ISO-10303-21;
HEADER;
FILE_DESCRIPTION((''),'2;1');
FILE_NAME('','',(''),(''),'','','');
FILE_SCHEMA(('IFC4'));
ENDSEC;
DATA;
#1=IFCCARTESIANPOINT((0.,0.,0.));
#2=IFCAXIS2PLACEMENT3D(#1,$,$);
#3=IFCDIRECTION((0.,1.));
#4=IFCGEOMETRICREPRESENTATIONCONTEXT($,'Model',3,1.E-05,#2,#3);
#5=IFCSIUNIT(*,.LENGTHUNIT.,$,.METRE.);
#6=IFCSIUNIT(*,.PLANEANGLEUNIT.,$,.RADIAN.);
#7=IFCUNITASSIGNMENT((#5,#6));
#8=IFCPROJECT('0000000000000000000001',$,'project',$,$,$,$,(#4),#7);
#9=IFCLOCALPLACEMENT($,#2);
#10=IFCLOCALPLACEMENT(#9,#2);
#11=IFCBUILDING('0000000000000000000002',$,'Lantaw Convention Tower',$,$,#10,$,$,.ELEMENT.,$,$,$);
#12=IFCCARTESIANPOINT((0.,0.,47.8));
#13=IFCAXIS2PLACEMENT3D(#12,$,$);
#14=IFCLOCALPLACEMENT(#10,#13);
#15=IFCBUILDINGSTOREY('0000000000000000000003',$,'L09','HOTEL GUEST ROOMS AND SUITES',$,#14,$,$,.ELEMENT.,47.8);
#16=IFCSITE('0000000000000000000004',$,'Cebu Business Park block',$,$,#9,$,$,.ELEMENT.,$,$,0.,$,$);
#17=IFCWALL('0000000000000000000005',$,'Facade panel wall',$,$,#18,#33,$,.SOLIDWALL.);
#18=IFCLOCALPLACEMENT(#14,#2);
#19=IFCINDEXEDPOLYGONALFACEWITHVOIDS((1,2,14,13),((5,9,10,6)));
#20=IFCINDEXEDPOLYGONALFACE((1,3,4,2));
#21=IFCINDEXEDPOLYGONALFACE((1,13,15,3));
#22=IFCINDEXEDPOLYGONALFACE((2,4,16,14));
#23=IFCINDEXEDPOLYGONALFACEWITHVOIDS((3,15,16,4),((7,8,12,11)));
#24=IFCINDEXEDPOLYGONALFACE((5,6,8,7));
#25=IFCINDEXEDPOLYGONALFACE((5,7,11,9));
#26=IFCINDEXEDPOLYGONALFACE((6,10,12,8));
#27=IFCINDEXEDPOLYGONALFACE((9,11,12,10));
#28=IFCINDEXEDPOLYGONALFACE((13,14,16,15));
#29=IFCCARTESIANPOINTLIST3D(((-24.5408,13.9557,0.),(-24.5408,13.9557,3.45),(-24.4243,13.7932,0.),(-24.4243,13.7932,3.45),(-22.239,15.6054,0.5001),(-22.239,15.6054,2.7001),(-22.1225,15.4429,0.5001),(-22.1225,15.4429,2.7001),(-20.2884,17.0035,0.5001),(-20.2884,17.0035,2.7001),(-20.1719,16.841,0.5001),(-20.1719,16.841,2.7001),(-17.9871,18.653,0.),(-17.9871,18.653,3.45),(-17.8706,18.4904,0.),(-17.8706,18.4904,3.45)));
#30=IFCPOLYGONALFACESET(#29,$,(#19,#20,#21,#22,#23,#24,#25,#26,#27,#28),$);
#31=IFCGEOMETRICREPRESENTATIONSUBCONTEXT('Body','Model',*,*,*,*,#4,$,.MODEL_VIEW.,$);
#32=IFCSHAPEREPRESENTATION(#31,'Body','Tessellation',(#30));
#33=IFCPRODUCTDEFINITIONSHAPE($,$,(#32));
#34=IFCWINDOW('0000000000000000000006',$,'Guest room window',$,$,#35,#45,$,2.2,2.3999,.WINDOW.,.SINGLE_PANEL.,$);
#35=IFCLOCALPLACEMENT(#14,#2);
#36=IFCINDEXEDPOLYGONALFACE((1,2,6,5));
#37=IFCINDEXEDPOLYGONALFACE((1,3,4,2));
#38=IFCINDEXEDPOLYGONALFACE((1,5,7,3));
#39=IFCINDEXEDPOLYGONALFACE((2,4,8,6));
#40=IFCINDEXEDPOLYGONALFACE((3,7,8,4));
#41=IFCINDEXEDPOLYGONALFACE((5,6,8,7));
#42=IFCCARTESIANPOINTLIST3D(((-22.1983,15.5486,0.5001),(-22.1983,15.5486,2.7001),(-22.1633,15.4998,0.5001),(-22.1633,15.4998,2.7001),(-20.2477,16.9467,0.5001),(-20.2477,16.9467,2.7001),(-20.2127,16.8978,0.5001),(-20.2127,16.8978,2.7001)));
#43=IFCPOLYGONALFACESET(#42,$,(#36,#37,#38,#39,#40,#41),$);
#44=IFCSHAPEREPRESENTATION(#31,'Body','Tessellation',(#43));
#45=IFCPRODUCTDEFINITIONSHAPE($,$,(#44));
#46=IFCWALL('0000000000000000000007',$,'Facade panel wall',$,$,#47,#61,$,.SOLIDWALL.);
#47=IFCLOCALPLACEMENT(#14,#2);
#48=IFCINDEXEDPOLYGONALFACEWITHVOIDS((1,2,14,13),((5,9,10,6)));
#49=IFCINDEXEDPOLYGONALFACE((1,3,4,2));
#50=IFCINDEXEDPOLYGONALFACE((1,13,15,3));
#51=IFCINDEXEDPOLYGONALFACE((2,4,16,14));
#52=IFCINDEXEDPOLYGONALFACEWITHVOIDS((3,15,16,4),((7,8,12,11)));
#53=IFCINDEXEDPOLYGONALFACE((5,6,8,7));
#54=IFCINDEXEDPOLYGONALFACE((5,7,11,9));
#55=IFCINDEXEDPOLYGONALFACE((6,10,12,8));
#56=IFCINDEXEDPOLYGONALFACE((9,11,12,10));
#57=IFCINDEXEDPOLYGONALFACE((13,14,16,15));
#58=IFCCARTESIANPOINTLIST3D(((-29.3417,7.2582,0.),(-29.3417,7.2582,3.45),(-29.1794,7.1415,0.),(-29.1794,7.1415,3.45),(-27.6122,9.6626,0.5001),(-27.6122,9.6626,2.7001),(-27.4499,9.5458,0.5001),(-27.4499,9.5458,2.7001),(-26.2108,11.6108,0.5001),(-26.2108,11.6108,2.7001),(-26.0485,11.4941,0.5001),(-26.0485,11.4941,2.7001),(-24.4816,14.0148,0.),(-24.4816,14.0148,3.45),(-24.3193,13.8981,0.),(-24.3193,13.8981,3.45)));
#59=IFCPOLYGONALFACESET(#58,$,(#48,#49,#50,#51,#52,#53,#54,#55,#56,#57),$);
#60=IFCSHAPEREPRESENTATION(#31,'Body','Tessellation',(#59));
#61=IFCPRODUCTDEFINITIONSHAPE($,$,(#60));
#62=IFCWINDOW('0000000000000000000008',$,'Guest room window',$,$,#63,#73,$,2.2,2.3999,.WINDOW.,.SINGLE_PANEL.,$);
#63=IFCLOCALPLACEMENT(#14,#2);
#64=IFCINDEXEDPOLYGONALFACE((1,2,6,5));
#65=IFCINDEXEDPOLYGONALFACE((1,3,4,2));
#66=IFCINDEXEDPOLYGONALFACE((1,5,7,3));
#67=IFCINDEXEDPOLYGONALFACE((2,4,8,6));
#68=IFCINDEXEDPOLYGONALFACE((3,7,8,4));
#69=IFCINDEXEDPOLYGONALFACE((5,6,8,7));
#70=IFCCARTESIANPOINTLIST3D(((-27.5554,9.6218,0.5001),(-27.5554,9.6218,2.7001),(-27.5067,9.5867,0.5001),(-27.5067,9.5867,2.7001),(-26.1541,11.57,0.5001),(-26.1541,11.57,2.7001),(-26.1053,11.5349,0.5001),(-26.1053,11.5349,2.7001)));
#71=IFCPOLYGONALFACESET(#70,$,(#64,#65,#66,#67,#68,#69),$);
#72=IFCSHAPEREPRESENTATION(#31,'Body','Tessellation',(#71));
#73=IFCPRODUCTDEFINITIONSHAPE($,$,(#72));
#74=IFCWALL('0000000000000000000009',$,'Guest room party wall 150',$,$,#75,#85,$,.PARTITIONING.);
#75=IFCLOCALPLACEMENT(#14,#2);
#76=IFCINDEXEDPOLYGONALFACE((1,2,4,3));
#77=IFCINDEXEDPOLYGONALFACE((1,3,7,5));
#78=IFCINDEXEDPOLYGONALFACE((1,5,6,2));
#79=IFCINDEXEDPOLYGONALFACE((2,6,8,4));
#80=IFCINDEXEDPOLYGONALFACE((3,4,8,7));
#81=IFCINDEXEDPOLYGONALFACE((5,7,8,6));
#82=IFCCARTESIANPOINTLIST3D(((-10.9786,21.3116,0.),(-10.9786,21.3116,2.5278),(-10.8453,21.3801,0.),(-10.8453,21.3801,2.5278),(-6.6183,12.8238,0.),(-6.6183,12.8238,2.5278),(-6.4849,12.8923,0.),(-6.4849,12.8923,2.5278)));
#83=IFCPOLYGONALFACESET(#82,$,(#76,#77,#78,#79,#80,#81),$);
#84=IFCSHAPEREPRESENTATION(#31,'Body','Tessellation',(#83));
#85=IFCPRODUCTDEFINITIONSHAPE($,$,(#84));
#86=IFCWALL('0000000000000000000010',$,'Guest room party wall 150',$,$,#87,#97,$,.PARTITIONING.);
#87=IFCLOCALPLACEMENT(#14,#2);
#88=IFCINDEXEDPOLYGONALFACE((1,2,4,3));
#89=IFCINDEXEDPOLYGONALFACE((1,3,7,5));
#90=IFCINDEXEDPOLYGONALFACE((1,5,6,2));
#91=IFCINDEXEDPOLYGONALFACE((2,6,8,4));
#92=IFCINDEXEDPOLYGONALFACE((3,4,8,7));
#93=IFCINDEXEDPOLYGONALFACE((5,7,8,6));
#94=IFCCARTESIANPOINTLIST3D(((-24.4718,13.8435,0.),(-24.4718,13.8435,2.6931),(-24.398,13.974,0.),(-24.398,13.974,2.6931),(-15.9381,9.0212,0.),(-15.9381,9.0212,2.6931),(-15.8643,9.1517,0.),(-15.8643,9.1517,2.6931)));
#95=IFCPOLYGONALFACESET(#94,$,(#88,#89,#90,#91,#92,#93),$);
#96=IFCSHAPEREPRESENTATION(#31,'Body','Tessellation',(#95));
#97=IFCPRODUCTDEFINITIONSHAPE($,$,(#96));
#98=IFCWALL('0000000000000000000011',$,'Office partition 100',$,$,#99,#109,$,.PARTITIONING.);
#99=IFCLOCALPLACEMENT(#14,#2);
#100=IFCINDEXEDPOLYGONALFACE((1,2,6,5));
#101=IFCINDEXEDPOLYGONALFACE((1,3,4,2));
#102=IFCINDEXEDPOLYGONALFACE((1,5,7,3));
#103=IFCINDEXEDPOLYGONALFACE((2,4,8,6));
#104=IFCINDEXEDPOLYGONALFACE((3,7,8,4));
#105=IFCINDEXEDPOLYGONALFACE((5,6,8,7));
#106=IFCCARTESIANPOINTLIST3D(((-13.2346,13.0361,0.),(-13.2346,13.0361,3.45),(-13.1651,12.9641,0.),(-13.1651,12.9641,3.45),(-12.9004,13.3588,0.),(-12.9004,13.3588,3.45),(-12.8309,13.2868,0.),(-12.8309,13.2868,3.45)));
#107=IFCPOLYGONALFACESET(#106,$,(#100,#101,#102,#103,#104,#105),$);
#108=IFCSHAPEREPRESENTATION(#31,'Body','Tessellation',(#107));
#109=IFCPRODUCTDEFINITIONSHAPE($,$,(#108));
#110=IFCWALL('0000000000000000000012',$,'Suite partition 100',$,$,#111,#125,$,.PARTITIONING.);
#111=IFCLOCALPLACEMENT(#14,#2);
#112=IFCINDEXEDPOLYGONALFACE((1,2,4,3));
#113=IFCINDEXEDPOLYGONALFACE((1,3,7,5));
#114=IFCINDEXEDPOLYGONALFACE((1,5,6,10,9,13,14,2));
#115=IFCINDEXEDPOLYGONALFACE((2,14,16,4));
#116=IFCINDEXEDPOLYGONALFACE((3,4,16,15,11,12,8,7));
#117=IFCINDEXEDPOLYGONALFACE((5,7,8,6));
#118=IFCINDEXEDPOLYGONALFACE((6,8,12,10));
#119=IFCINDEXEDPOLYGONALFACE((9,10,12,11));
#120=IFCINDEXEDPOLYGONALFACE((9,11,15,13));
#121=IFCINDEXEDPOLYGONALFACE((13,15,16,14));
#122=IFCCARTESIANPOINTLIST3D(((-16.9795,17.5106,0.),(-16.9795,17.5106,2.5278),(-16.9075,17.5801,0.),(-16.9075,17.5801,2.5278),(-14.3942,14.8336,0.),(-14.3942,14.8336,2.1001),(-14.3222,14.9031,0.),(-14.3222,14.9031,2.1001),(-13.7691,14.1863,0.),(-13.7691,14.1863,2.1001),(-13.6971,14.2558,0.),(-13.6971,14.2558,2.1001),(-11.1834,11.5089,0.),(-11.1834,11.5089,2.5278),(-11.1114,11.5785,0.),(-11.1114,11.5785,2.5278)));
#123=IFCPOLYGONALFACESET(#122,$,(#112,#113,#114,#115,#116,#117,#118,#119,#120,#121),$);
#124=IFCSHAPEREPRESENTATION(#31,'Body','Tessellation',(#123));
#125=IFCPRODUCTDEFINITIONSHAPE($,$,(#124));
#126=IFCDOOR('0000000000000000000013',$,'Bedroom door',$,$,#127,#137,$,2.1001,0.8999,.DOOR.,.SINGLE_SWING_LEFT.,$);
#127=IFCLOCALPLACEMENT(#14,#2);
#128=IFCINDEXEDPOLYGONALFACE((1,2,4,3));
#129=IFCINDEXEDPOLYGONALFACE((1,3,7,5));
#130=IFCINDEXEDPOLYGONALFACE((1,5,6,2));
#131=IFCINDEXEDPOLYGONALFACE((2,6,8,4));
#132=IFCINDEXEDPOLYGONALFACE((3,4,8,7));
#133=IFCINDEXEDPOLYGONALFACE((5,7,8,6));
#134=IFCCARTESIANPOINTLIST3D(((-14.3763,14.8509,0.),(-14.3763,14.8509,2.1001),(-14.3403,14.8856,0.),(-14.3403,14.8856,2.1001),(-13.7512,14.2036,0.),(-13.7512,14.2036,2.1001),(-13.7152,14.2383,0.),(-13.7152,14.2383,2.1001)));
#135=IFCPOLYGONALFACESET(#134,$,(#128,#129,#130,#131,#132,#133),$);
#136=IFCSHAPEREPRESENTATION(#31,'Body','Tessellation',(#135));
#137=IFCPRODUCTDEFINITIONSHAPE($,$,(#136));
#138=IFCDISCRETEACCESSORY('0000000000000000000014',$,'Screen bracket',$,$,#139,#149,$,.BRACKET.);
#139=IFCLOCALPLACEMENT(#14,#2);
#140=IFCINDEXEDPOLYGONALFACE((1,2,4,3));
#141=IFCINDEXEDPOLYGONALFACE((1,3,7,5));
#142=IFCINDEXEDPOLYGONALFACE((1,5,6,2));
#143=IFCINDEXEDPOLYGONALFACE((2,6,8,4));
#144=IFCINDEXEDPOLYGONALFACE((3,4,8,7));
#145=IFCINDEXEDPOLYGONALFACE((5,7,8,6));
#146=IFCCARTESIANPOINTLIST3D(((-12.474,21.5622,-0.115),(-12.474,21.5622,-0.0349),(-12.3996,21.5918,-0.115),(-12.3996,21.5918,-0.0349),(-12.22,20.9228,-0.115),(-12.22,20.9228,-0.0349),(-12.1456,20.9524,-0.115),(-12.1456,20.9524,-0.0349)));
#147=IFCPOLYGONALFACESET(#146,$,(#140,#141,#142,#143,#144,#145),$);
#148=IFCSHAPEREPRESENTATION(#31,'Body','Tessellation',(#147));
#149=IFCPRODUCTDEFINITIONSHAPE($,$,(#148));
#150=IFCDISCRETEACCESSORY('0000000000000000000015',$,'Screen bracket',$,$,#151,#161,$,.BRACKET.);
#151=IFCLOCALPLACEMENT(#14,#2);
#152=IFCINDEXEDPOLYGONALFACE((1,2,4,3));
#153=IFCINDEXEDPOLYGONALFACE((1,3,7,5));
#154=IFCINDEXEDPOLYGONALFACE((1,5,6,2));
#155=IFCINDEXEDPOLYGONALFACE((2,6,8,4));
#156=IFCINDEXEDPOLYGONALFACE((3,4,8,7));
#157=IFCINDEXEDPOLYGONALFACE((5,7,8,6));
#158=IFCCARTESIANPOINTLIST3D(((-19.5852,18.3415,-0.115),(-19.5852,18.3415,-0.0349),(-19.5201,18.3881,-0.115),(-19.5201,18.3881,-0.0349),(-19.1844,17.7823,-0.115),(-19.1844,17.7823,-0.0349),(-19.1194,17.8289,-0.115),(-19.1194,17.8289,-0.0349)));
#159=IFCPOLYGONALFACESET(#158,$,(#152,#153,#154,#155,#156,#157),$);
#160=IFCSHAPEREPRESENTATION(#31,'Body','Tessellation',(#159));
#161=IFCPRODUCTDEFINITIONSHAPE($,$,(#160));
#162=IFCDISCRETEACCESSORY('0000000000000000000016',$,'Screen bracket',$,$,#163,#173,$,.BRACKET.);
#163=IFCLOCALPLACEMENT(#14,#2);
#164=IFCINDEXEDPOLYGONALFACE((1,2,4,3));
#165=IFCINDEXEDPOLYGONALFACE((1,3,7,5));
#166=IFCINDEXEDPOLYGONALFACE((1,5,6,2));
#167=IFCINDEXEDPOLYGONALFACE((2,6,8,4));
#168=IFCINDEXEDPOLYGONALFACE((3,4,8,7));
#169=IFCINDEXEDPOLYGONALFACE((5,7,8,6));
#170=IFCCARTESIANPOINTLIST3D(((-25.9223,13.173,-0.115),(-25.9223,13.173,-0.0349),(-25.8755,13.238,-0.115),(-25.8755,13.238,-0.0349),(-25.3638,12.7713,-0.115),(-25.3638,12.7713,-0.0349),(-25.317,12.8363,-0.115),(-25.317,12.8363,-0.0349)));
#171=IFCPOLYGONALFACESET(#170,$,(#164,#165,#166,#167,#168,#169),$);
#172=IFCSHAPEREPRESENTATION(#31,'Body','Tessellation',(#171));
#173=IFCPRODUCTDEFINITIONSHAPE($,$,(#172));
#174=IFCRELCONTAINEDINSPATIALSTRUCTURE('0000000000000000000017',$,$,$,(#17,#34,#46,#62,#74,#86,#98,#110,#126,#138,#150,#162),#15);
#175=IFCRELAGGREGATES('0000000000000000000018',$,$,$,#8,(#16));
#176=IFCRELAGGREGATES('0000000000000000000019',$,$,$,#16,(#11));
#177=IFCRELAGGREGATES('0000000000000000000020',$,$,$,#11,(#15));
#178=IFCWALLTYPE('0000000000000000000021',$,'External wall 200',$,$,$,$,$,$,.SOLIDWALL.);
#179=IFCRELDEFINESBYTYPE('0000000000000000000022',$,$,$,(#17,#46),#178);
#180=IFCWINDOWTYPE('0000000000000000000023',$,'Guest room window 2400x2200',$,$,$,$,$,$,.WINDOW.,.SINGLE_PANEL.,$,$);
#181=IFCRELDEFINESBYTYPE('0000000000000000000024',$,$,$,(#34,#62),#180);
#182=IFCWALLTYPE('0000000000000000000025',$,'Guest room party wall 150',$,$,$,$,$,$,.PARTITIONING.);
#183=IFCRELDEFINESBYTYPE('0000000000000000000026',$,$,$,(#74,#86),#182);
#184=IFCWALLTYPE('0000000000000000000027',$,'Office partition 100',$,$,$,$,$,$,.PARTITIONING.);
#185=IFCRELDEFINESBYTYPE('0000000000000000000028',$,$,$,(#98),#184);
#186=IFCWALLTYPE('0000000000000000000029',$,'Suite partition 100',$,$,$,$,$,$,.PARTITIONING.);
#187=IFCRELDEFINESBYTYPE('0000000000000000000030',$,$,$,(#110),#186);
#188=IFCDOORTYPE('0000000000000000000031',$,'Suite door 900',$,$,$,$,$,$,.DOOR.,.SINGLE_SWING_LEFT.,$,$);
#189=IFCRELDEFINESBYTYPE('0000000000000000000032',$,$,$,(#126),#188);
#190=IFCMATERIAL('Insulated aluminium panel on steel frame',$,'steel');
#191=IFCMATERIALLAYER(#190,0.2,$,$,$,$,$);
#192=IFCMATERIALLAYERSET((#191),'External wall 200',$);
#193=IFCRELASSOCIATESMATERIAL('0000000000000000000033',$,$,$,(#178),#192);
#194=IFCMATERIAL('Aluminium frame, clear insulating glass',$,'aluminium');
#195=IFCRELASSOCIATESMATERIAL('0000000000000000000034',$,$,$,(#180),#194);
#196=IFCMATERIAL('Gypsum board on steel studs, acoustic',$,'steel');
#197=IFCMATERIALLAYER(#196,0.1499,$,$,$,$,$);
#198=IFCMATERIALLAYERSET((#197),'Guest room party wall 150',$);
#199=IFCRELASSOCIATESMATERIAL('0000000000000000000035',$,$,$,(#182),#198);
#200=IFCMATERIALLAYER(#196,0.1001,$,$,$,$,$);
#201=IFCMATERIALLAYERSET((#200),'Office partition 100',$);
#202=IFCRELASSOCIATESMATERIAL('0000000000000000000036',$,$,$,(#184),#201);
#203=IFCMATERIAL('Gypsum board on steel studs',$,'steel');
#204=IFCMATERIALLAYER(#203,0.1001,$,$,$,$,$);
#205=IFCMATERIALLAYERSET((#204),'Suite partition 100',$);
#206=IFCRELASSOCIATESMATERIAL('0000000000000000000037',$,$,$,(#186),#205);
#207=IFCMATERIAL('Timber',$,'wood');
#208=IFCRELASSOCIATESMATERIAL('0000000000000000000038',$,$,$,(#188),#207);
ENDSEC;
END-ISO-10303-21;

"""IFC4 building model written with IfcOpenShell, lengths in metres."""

from ifc_helpers import new_model, si_unit, direction, frame, frame_2d, origin, origin_2d, place, context, subcontext, project, spatial, rectangle, extrude, material, layer, layer_set, type_object, element, fill, save


model = new_model("IFC4")

# Units and contexts
model_context = context("Model", 3, precision=1e-05, world=origin(), true_north=direction((0.0, 1.0)))
body_context = subcontext(model_context, "Body", "Model", "MODEL_VIEW")
ifc_project = project(units=[si_unit("LENGTHUNIT", "METRE"), si_unit("PLANEANGLEUNIT", "RADIAN")], contexts=[model_context])

# Site, building, storey
site_placement = place(None, origin())
site = spatial("IfcSite", under=ifc_project, at=site_placement, Name="Cebu Business Park block", CompositionType="ELEMENT", RefElevation=0.0)
building_placement = place(site_placement, origin())
building = spatial("IfcBuilding", under=site, at=building_placement, Name="Lantaw Convention Tower", CompositionType="ELEMENT")
storey_placement = place(building_placement, frame((0.0, 0.0, 47.8)))
storey = spatial("IfcBuildingStorey", under=building, at=storey_placement, Name="L09", Description="HOTEL GUEST ROOMS AND SUITES", CompositionType="ELEMENT", Elevation=47.8)

# Walls, openings, windows
ifc_material_1 = material(Name="Insulated aluminium panel on steel frame", Category="steel")
ifc_layer_1 = layer(ifc_material_1, 0.2)
ifc_layer_set_1 = layer_set([ifc_layer_1], Name="External wall 200")
wall_type_1 = type_object("IfcWallType", Name="External wall 200", PredefinedType="SOLIDWALL", material=ifc_layer_set_1)
ifc_material_2 = material(Name="Aluminium frame, clear insulating glass", Category="aluminium")
window_type = type_object("IfcWindowType", Name="Guest room window 2400x2200", PartitioningType="SINGLE_PANEL", PredefinedType="WINDOW", material=ifc_material_2)
wall_1_placement = place(storey_placement, frame((-17.9287, 18.5718, 0.0), z_axis=(0.0, 0.0, 1.0), x_axis=(-0.812791, -0.582555, 0.0)))
wall_1 = element("IfcWall", 1, at=wall_1_placement, inside=storey, type_object=wall_type_1, Name="Facade panel wall", PredefinedType="SOLIDWALL", context=body_context, shape_type="SweptSolid", body=[
    extrude(rectangle(XDim=8.0632, YDim=0.2, at=frame_2d((4.0317, 0.0))), origin(), (0.0, 0.0, 1.0), 3.45),
])
opening_1_placement = place(wall_1_placement, frame((2.8315, 0.0, 0.5)))
opening_1 = element("IfcOpeningElement", 2, at=opening_1_placement, cuts=wall_1, PredefinedType="OPENING", context=body_context, shape_type="SweptSolid", body=[
    extrude(rectangle(XDim=2.3999, YDim=2.2, at=frame_2d((1.2, 1.1001))), frame((0.0, 0.1099, 0.0), z_axis=(0.0, -1.0, 0.0), x_axis=(1.0, 0.0, 0.0)), (0.0, 0.0, 1.0), 0.22),
])
window_1_placement = place(opening_1_placement, origin())
window_1 = element("IfcWindow", 3, at=window_1_placement, inside=storey, type_object=window_type, Name="Guest room window", OverallHeight=2.2, OverallWidth=2.3999, PartitioningType="SINGLE_PANEL", PredefinedType="WINDOW", context=body_context, shape_type="SweptSolid", body=[
    extrude(rectangle(XDim=2.3999, YDim=2.2, at=frame_2d((1.2, 1.1001))), frame((0.0, 0.03, 0.0), z_axis=(0.0, -1.0, 0.0), x_axis=(1.0, 0.0, 0.0)), (0.0, 0.0, 1.0), 0.0601),
])
fill(opening_1, window_1)
wall_2_placement = place(storey_placement, frame((-24.4004, 13.9565, 0.0), z_axis=(0.0, 0.0, 1.0), x_axis=(-0.583938, -0.811799, 0.0)))
wall_2 = element("IfcWall", 4, at=wall_2_placement, inside=storey, type_object=wall_type_1, Name="Facade panel wall", PredefinedType="SOLIDWALL", context=body_context, shape_type="SweptSolid", body=[
    extrude(rectangle(XDim=8.323, YDim=0.2, at=frame_2d((4.1616, 0.0))), origin(), (0.0, 0.0, 1.0), 3.45),
])
opening_2_placement = place(wall_2_placement, frame((2.9614, 0.0, 0.5)))
opening_2 = element("IfcOpeningElement", 5, at=opening_2_placement, cuts=wall_2, PredefinedType="OPENING", context=body_context, shape_type="SweptSolid", body=[
    extrude(rectangle(XDim=2.3999, YDim=2.2, at=frame_2d((1.2, 1.1001))), frame((0.0, 0.1099, 0.0), z_axis=(0.0, -1.0, 0.0), x_axis=(1.0, 0.0, 0.0)), (0.0, 0.0, 1.0), 0.22),
])
window_2_placement = place(opening_2_placement, origin())
window_2 = element("IfcWindow", 6, at=window_2_placement, inside=storey, type_object=window_type, Name="Guest room window", OverallHeight=2.2, OverallWidth=2.3999, PartitioningType="SINGLE_PANEL", PredefinedType="WINDOW", context=body_context, shape_type="SweptSolid", body=[
    extrude(rectangle(XDim=2.3999, YDim=2.2, at=frame_2d((1.2, 1.1001))), frame((0.0, 0.03, 0.0), z_axis=(0.0, -1.0, 0.0), x_axis=(1.0, 0.0, 0.0)), (0.0, 0.0, 1.0), 0.0601),
])
fill(opening_2, window_2)

# Walls
ifc_material_3 = material(Name="Gypsum board on steel studs, acoustic", Category="steel")
ifc_layer_2 = layer(ifc_material_3, 0.1499)
ifc_layer_set_2 = layer_set([ifc_layer_2], Name="Guest room party wall 150")
wall_type_2 = type_object("IfcWallType", Name="Guest room party wall 150", PredefinedType="PARTITIONING", material=ifc_layer_set_2)
wall_3_placement = place(storey_placement, frame((-10.9119, 21.3457, 0.0), z_axis=(0.0, 0.0, 1.0), x_axis=(0.45695, -0.889492, 0.0)))
element("IfcWall", 7, at=wall_3_placement, inside=storey, type_object=wall_type_2, Name="Guest room party wall 150", PredefinedType="PARTITIONING", context=body_context, shape_type="SweptSolid", body=[
    extrude(rectangle(XDim=9.5422, YDim=0.1499, at=frame_2d((4.771, 0.0))), origin(), (0.0, 0.0, 1.0), 2.5278),
])
wall_4_placement = place(storey_placement, frame((-24.4348, 13.9087, 0.0), z_axis=(0.0, 0.0, 1.0), x_axis=(0.870612, -0.49197, 0.0)))
element("IfcWall", 8, at=wall_4_placement, inside=storey, type_object=wall_type_2, Name="Guest room party wall 150", PredefinedType="PARTITIONING", context=body_context, shape_type="SweptSolid", body=[
    extrude(rectangle(XDim=9.802, YDim=0.1499, at=frame_2d((4.9009, 0.0))), origin(), (0.0, 0.0, 1.0), 2.6931),
])
ifc_layer_3 = layer(ifc_material_3, 0.1001)
ifc_layer_set_3 = layer_set([ifc_layer_3], Name="Office partition 100")
wall_type_3 = type_object("IfcWallType", Name="Office partition 100", PredefinedType="PARTITIONING", material=ifc_layer_set_3)
wall_5_placement = place(storey_placement, frame((-13.2, 13.0, 0.0), z_axis=(0.0, 0.0, 1.0), x_axis=(0.719347, 0.694651, 0.0)))
element("IfcWall", 9, at=wall_5_placement, inside=storey, type_object=wall_type_3, Name="Office partition 100", PredefinedType="PARTITIONING", context=body_context, shape_type="SweptSolid", body=[
    extrude(rectangle(XDim=0.4646, YDim=0.1001, at=frame_2d((0.2324, 0.0))), origin(), (0.0, 0.0, 1.0), 3.45),
])

# Wall, opening, door
ifc_material_4 = material(Name="Gypsum board on steel studs", Category="steel")
ifc_layer_4 = layer(ifc_material_4, 0.1001)
ifc_layer_set_4 = layer_set([ifc_layer_4], Name="Suite partition 100")
wall_type_4 = type_object("IfcWallType", Name="Suite partition 100", PredefinedType="PARTITIONING", material=ifc_layer_set_4)
wall_6_placement = place(storey_placement, frame((-16.9436, 17.5454, 0.0), z_axis=(0.0, 0.0, 1.0), x_axis=(0.694681, -0.719318, 0.0)))
wall_6 = element("IfcWall", 10, at=wall_6_placement, inside=storey, type_object=wall_type_4, Name="Suite partition 100", PredefinedType="PARTITIONING", context=body_context, shape_type="SweptSolid", body=[
    extrude(rectangle(XDim=8.3435, YDim=0.1001, at=frame_2d((4.1719, 0.0))), origin(), (0.0, 0.0, 1.0), 2.5278),
])
opening_3_placement = place(wall_6_placement, frame((3.7217, 0.0, 0.0)))
opening_3 = element("IfcOpeningElement", 11, at=opening_3_placement, cuts=wall_6, PredefinedType="OPENING", context=body_context, shape_type="SweptSolid", body=[
    extrude(rectangle(XDim=0.8999, YDim=2.1001, at=frame_2d((0.45, 1.05))), frame((0.0, 0.0601, 0.0), z_axis=(0.0, -1.0, 0.0), x_axis=(1.0, 0.0, 0.0)), (0.0, 0.0, 1.0), 0.1201),
])
ifc_material_5 = material(Name="Timber", Category="wood")
door_type_1 = type_object("IfcDoorType", Name="Suite door 900", OperationType="SINGLE_SWING_LEFT", PredefinedType="DOOR", material=ifc_material_5)
door_1_placement = place(opening_3_placement, origin())
door_1 = element("IfcDoor", 12, at=door_1_placement, inside=storey, type_object=door_type_1, Name="Bedroom door", OperationType="SINGLE_SWING_LEFT", OverallHeight=2.1001, OverallWidth=0.8999, PredefinedType="DOOR", context=body_context, shape_type="SweptSolid", body=[
    extrude(rectangle(XDim=0.8999, YDim=2.1001, at=frame_2d((0.45, 1.05))), frame((0.0, 0.0249, 0.0), z_axis=(0.0, -1.0, 0.0), x_axis=(1.0, 0.0, 0.0)), (0.0, 0.0, 1.0), 0.05),
])
fill(opening_3, door_1)

# Discrete accessories
for number, where, z_axis, x_axis, name in (
    (13, (-12.3098, 21.2573, -0.115), (0.0, 0.0, 1.0), (-0.929361, -0.369172, 0.0), "Screen bracket"),
    (14, (-19.3523, 18.0852, -0.115), (0.0, 0.0, 1.0), (-0.812804, -0.582538, 0.0), "Screen bracket"),
    (15, (-25.6196, 13.0046, -0.115), (0.0, 0.0, 1.0), (-0.583951, -0.811789, 0.0), "Screen bracket"),
):
    element("IfcDiscreteAccessory", number, at=place(storey_placement, frame(where, z_axis=z_axis, x_axis=x_axis)), inside=storey, Name=name, PredefinedType="BRACKET", context=body_context, shape_type="SweptSolid", body=[
        extrude(rectangle(XDim=0.0801, YDim=0.688, at=origin_2d()), origin(), (0.0, 0.0, 1.0), 0.0801),
    ])

save(model, "model.ifc")
